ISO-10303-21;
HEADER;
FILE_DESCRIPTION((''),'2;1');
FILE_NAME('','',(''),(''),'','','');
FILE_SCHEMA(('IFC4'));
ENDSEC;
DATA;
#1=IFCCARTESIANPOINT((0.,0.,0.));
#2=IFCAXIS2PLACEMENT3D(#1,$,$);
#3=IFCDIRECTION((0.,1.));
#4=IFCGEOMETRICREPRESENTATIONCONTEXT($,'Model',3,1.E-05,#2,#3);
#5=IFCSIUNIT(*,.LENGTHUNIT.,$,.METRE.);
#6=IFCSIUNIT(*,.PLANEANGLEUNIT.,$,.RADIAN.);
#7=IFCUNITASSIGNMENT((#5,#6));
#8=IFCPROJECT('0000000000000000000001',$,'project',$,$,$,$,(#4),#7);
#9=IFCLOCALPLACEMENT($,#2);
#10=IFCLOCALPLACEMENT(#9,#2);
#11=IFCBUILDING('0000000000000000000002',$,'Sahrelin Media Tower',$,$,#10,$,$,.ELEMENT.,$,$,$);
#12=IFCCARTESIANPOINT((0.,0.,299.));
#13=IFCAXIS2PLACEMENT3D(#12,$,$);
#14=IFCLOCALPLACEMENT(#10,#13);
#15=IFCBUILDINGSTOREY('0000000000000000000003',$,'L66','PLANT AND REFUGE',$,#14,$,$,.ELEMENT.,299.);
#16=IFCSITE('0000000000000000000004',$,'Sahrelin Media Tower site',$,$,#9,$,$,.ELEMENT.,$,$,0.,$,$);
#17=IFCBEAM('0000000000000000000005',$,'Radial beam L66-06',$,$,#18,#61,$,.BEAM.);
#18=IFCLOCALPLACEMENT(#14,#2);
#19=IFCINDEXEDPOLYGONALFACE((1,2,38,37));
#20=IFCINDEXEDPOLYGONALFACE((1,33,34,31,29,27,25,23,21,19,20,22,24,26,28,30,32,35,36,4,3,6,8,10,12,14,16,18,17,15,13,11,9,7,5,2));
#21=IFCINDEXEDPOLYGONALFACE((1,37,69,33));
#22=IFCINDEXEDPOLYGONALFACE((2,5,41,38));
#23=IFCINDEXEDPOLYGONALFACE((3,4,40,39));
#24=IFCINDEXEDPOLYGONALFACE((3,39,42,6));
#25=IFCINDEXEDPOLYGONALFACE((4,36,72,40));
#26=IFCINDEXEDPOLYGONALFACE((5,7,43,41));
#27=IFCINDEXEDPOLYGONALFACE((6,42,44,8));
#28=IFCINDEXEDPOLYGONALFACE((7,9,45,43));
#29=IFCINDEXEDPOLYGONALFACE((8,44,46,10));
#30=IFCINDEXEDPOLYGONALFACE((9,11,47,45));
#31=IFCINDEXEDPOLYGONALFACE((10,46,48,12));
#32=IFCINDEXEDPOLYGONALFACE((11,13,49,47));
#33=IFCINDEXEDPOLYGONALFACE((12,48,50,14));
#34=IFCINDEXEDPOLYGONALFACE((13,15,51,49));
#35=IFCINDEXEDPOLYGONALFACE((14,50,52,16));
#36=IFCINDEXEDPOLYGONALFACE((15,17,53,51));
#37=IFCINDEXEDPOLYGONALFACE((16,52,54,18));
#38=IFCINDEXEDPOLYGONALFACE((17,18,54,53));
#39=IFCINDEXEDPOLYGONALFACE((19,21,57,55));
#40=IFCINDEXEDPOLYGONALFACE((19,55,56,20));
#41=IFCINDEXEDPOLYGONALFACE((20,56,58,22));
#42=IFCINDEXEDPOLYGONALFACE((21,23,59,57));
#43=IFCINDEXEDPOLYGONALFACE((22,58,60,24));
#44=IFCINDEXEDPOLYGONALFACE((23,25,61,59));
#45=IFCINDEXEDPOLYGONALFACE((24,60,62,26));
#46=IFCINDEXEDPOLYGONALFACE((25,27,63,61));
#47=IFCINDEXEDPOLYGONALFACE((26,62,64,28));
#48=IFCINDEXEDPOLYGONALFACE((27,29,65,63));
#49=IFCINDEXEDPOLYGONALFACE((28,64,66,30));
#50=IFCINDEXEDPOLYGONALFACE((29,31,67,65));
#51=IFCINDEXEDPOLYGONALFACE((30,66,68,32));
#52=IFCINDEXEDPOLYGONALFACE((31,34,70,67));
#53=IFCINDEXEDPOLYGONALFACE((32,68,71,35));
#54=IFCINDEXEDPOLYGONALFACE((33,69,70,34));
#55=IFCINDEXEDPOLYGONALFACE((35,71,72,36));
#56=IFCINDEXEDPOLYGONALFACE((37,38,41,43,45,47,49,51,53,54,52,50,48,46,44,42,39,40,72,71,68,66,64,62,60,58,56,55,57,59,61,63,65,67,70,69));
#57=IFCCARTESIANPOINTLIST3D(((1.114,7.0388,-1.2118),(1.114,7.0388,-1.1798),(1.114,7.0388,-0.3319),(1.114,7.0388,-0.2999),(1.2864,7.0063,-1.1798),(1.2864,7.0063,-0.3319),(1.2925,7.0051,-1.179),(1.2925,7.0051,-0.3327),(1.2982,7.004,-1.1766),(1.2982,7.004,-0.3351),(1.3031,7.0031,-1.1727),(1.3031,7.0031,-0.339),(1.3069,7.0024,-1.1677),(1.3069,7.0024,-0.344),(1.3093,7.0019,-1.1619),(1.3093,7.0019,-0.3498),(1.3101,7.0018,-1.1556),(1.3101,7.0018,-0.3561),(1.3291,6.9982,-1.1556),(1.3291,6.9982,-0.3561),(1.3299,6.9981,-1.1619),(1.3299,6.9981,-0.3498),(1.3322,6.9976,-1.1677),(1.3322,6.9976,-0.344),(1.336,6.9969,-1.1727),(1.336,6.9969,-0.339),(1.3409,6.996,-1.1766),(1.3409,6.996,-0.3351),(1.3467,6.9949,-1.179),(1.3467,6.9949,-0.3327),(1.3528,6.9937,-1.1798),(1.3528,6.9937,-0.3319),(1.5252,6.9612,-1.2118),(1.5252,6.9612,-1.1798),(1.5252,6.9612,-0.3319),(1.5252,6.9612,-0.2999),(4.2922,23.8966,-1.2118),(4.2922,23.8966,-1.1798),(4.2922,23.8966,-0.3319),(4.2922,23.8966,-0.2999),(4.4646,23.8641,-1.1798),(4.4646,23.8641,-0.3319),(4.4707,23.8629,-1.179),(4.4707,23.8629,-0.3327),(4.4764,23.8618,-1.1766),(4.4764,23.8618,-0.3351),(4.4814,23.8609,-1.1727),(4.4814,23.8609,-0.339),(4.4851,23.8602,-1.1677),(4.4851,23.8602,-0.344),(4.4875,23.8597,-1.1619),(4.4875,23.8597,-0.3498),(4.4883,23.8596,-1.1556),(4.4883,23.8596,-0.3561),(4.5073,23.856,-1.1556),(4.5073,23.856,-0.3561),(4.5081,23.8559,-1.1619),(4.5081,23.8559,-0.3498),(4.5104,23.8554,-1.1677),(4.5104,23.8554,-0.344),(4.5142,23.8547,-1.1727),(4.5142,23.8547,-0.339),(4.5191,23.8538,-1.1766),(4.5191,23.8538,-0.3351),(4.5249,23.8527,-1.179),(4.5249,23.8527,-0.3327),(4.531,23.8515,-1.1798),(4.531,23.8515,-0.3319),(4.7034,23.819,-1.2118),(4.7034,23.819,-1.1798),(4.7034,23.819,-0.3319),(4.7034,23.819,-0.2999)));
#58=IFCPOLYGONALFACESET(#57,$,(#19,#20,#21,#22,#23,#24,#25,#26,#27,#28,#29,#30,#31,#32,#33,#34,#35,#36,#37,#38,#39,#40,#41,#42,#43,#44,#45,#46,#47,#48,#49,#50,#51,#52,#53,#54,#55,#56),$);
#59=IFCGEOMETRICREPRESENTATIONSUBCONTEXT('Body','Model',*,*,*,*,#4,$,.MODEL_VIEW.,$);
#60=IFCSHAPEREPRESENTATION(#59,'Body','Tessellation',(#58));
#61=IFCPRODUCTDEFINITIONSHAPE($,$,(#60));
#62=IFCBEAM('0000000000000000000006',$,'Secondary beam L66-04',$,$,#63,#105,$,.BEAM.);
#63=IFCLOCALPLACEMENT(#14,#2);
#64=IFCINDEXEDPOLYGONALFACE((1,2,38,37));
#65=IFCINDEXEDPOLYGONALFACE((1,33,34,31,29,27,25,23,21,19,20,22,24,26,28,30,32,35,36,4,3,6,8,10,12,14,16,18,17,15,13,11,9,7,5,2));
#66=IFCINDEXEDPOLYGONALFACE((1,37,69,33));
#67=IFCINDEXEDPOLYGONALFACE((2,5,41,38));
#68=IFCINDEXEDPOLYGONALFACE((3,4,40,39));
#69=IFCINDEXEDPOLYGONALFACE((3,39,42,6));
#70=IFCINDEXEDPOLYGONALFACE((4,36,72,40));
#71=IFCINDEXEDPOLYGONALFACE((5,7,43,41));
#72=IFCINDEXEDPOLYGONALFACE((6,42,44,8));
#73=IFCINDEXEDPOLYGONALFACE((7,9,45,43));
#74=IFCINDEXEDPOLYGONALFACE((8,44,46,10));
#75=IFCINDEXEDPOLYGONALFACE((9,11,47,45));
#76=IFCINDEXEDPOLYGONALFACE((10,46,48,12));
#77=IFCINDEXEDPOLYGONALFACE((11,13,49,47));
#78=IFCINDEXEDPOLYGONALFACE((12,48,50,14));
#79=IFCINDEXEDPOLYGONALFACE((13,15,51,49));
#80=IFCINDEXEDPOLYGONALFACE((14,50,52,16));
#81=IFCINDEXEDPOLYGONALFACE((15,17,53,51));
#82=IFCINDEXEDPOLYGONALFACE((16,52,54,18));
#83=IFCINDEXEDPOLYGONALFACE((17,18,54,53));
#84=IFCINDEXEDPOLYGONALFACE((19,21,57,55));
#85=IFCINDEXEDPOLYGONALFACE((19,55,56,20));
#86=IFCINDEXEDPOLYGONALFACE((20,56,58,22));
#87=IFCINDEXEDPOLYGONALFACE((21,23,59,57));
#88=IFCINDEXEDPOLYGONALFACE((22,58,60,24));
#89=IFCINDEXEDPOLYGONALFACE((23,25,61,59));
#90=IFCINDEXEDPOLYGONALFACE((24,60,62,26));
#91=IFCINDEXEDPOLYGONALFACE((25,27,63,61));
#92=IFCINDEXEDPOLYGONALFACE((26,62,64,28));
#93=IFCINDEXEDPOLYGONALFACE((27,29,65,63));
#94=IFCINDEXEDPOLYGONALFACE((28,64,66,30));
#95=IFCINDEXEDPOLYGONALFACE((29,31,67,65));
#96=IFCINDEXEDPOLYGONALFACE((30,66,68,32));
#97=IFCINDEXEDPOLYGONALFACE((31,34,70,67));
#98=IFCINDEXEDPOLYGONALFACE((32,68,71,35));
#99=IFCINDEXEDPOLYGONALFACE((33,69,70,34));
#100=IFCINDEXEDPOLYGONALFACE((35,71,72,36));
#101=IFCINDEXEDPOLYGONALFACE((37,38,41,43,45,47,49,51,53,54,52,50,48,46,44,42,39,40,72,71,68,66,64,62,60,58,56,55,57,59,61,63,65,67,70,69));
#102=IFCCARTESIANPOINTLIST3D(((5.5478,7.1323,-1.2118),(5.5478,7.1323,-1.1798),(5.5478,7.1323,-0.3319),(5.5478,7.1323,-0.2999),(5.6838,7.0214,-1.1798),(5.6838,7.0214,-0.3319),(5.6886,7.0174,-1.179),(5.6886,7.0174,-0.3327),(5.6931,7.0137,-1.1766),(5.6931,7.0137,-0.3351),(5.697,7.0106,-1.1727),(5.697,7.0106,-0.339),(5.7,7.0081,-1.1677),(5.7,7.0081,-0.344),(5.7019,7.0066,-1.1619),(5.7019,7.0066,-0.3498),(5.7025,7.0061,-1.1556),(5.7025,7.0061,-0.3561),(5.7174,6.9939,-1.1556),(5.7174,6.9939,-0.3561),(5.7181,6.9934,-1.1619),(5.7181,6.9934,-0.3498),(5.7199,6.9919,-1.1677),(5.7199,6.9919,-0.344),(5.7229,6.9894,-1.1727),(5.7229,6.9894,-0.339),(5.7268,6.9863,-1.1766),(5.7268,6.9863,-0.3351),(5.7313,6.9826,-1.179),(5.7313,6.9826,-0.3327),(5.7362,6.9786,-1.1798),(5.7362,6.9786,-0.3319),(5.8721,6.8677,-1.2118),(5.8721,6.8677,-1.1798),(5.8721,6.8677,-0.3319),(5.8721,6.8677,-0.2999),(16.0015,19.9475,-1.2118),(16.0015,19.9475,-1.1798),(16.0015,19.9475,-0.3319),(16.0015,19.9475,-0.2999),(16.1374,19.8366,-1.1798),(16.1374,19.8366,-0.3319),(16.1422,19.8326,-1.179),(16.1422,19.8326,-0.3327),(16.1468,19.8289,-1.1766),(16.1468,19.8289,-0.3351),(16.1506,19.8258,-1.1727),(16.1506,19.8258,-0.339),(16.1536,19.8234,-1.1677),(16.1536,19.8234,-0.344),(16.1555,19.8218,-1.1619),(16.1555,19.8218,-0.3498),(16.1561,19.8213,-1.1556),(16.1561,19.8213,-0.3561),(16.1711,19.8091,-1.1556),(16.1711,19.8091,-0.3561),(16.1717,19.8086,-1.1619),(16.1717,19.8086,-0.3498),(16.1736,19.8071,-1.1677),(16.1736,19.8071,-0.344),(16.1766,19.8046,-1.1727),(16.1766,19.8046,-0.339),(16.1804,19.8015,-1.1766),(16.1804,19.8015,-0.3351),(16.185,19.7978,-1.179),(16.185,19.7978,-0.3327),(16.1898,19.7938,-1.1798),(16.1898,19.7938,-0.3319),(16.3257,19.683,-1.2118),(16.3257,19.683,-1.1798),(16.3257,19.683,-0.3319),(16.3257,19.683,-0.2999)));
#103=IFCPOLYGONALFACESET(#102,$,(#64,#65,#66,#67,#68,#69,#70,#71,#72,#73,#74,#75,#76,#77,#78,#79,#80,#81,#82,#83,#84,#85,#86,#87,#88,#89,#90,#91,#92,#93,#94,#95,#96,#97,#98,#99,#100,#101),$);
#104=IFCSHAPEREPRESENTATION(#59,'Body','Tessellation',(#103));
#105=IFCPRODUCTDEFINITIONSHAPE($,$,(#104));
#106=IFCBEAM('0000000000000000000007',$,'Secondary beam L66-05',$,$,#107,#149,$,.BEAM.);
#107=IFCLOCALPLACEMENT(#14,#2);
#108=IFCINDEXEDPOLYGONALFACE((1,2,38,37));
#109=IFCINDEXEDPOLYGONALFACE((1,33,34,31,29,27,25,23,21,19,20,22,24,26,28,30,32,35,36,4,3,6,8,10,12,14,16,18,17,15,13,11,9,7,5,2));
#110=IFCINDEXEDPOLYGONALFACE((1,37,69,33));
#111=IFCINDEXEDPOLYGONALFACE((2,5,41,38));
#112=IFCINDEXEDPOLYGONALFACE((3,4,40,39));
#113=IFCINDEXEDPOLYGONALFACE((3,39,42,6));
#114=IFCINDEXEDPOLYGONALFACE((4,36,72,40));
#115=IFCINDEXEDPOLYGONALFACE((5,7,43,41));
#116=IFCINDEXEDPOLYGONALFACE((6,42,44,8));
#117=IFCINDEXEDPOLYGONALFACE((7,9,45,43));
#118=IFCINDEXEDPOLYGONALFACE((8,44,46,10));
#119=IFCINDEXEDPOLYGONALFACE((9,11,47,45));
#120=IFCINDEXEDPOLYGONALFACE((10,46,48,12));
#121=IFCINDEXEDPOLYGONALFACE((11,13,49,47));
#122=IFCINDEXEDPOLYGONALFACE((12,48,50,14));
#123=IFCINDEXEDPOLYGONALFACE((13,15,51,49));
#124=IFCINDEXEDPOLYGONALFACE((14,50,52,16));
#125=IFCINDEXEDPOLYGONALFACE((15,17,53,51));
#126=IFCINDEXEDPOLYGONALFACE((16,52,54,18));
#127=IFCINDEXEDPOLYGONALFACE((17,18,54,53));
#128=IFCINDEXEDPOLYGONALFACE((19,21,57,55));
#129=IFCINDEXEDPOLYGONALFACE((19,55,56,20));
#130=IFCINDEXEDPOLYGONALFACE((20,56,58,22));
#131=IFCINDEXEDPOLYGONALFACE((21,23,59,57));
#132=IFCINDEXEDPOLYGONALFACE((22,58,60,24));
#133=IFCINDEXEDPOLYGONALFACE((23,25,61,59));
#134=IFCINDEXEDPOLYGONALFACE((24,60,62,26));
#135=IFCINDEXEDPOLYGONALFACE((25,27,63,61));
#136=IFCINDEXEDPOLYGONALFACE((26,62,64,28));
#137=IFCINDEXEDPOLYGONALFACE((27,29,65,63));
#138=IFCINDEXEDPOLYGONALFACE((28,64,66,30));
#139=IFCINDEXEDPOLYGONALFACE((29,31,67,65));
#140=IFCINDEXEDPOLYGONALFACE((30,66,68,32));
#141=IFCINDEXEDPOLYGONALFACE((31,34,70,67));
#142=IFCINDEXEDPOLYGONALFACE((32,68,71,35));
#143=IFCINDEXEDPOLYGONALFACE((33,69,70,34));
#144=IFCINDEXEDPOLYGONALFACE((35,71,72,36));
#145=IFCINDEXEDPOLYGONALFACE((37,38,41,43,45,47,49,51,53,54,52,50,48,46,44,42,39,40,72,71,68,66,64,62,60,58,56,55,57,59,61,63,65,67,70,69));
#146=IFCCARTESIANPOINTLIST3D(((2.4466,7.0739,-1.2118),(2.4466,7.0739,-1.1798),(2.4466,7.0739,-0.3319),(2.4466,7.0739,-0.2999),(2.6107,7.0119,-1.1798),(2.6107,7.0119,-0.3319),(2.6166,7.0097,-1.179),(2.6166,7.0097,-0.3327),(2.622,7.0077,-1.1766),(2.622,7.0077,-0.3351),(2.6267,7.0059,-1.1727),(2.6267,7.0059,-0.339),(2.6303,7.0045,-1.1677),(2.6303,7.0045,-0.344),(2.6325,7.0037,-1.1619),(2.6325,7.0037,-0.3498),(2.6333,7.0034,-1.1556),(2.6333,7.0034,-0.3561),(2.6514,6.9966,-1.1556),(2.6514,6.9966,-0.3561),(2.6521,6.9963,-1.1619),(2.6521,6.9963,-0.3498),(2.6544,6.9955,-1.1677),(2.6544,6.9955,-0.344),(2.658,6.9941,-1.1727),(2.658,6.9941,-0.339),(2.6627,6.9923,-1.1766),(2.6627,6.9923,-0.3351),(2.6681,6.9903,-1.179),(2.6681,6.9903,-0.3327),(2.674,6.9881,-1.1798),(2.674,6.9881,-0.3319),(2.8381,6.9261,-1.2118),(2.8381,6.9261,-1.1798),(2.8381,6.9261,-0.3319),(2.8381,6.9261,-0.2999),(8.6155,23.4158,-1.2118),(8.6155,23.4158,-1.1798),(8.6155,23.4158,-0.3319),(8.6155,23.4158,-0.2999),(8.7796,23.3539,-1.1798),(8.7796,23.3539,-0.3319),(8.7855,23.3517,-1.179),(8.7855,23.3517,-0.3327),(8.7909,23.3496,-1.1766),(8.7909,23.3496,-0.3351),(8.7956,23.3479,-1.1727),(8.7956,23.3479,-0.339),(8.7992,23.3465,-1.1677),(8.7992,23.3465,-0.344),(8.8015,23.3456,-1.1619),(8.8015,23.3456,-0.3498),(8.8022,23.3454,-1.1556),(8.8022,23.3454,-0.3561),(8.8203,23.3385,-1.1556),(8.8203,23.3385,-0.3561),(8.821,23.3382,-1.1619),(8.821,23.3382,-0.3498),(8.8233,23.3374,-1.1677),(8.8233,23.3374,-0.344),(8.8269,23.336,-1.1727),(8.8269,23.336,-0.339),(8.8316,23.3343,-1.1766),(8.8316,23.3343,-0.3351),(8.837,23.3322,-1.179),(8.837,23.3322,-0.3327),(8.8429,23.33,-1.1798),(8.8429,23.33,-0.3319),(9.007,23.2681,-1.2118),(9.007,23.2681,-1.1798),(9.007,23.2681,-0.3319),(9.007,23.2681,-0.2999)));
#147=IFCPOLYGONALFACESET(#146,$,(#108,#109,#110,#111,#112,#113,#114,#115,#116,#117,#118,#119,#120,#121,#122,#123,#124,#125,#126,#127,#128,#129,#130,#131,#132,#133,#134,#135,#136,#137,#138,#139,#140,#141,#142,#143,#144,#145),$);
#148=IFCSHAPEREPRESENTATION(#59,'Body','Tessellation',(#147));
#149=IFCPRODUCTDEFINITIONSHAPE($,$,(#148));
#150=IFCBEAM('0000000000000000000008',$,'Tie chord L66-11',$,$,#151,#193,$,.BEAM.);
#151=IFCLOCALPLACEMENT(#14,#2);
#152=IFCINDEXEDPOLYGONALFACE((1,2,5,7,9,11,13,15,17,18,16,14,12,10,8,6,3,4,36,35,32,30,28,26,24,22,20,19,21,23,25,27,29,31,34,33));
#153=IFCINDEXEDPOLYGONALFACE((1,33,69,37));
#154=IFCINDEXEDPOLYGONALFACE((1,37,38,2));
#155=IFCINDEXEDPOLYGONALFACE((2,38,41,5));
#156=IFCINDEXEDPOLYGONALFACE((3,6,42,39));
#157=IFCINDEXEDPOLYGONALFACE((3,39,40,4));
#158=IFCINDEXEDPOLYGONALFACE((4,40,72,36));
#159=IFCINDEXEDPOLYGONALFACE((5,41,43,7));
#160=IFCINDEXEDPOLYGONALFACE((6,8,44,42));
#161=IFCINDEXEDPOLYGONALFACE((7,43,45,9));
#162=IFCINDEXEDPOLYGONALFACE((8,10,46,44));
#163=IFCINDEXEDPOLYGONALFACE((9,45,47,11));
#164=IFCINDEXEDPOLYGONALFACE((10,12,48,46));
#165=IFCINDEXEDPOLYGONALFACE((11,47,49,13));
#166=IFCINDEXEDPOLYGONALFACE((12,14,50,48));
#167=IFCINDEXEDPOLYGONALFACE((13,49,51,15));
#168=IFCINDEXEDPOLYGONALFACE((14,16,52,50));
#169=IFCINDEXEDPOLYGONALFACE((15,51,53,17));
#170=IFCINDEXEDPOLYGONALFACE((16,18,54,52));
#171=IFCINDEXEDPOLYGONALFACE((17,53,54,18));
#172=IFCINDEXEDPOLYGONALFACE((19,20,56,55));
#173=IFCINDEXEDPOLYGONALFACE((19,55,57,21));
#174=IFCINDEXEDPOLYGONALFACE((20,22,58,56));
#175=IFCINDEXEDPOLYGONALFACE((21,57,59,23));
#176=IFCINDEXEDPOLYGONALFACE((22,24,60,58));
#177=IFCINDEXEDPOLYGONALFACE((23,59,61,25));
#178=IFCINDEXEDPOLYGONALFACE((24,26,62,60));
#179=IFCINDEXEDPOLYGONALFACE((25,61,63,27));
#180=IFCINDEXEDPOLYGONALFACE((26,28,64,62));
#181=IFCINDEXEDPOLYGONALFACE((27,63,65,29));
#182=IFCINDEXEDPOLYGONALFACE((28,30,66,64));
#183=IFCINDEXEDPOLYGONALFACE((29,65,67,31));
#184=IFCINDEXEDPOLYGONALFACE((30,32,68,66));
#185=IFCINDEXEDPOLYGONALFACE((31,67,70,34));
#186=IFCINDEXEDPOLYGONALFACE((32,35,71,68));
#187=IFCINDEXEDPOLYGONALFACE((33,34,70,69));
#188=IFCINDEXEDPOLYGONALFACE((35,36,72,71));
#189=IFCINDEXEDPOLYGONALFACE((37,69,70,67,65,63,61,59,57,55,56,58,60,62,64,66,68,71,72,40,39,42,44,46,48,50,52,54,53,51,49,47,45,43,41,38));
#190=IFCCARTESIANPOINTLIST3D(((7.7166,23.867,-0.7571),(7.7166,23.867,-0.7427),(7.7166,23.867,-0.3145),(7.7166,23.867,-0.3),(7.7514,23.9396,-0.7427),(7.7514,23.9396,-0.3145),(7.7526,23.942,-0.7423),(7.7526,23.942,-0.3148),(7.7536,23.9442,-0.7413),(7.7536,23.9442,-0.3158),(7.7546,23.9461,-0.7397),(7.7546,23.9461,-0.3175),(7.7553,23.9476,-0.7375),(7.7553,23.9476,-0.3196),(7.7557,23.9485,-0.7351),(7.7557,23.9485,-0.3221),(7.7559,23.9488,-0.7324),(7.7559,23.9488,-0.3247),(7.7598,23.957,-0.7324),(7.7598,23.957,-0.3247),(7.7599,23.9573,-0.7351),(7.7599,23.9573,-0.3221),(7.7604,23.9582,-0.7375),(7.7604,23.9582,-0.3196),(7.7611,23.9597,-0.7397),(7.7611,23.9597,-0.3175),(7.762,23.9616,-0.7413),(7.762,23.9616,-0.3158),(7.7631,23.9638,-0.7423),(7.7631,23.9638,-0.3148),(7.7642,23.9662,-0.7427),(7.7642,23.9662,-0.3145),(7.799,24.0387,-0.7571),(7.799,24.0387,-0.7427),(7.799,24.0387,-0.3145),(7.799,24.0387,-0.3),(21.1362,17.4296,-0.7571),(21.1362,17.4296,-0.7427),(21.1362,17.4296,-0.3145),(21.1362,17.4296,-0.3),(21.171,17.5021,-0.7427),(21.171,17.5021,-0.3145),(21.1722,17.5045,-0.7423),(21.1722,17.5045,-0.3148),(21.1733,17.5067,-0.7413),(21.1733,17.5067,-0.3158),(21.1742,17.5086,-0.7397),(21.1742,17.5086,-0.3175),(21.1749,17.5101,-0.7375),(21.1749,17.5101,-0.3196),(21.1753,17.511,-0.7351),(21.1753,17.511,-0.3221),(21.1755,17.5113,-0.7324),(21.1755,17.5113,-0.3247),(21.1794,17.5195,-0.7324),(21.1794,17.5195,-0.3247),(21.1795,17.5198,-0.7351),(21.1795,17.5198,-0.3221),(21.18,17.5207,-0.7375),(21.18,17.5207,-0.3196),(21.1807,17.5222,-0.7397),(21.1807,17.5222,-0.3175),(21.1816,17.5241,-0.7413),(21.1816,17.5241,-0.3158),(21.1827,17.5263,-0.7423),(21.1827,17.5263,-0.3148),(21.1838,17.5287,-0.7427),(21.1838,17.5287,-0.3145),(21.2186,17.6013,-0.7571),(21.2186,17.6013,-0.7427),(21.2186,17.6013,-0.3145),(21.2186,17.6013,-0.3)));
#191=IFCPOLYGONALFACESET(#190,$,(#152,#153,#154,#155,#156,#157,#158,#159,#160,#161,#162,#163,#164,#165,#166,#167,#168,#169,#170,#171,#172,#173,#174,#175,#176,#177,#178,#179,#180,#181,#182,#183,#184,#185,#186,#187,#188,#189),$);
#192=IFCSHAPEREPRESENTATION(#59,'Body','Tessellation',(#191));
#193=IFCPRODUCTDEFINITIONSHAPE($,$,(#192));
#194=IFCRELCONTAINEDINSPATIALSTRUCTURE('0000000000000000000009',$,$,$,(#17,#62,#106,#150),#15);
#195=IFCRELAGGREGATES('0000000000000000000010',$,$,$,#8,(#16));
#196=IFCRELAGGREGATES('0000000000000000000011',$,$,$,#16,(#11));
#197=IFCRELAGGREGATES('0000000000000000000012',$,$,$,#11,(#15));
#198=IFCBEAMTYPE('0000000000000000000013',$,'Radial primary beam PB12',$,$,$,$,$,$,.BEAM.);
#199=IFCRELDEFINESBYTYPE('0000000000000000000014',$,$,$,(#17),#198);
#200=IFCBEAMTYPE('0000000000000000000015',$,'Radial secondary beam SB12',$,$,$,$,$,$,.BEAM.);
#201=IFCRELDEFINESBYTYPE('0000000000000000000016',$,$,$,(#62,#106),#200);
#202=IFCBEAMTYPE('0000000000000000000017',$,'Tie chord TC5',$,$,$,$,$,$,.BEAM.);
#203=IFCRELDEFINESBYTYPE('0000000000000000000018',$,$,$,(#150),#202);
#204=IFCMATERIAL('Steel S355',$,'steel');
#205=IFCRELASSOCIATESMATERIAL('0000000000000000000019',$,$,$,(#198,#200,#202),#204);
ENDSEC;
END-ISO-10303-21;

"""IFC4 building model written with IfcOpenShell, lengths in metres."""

from ifc_helpers import new_model, si_unit, direction, frame, origin, origin_2d, place, context, subcontext, project, spatial, i_section, extrude, material, material_profile, profile_set, type_object, element, save


model = new_model("IFC4")

# Units and contexts
model_context = context("Model", 3, precision=1e-05, world=origin(), true_north=direction((0.0, 1.0)))
body_context = subcontext(model_context, "Body", "Model", "MODEL_VIEW")
ifc_project = project(units=[si_unit("LENGTHUNIT", "METRE"), si_unit("PLANEANGLEUNIT", "RADIAN")], contexts=[model_context])

# Site, building, storey
site_placement = place(None, origin())
site = spatial("IfcSite", under=ifc_project, at=site_placement, Name="Sahrelin Media Tower site", CompositionType="ELEMENT", RefElevation=0.0)
building_placement = place(site_placement, origin())
building = spatial("IfcBuilding", under=site, at=building_placement, Name="Sahrelin Media Tower", CompositionType="ELEMENT")
storey_placement = place(building_placement, frame((0.0, 0.0, 299.0)))
storey = spatial("IfcBuildingStorey", under=building, at=storey_placement, Name="L66", Description="PLANT AND REFUGE", CompositionType="ELEMENT", Elevation=299.0)

# Beams
ifc_material_1 = material(Name="Steel S355", Category="steel")
ifc_material_profile_1 = material_profile(ifc_material_1, i_section(OverallWidth=0.4185, OverallDepth=0.9119, WebThickness=0.0193, FlangeThickness=0.032, FilletRadius=0.0242, at=origin_2d()), Name="UB 914x419x343")
ifc_profile_set_1 = profile_set([ifc_material_profile_1], Name="Steel S355")
beam_type_1 = type_object("IfcBeamType", Name="Radial primary beam PB12", PredefinedType="BEAM", material=ifc_profile_set_1)
beam_1_placement = place(storey_placement, frame((1.3196, 7.0, -0.7559), z_axis=(0.185266, 0.982688, 0.0), x_axis=(-0.982688, 0.185266, 0.0)))
element("IfcBeam", 1, at=beam_1_placement, inside=storey, type_object=beam_type_1, Name="Radial beam L66-06", PredefinedType="BEAM", context=body_context, shape_type="SweptSolid", body=[
    extrude(i_section(OverallWidth=0.4185, OverallDepth=0.9119, WebThickness=0.0193, FlangeThickness=0.032, FilletRadius=0.0242, at=origin_2d()), origin(), (0.0, 0.0, 1.0), 17.1548),
])
ifc_material_profile_2 = material_profile(ifc_material_1, i_section(OverallWidth=0.4185, OverallDepth=0.9119, WebThickness=0.0193, FlangeThickness=0.032, FilletRadius=0.0242, at=origin_2d()), Name="UB 914x419x343")
ifc_profile_set_2 = profile_set([ifc_material_profile_2], Name="Steel S355")
beam_type_2 = type_object("IfcBeamType", Name="Radial secondary beam SB12", PredefinedType="BEAM", material=ifc_profile_set_2)
beam_2_placement = place(storey_placement, frame((5.71, 7.0, -0.7559), z_axis=(0.632095, 0.774891, 0.0), x_axis=(-0.774891, 0.632095, 0.0)))
element("IfcBeam", 2, at=beam_2_placement, inside=storey, type_object=beam_type_2, Name="Secondary beam L66-04", PredefinedType="BEAM", context=body_context, shape_type="SweptSolid", body=[
    extrude(i_section(OverallWidth=0.4185, OverallDepth=0.9119, WebThickness=0.0193, FlangeThickness=0.032, FilletRadius=0.0242, at=origin_2d()), origin(), (0.0, 0.0, 1.0), 16.5381),
])
beam_3_placement = place(storey_placement, frame((2.6423, 7.0, -0.7559), z_axis=(0.353164, 0.935561, 0.0), x_axis=(-0.935561, 0.353164, 0.0)))
element("IfcBeam", 3, at=beam_3_placement, inside=storey, type_object=beam_type_2, Name="Secondary beam L66-05", PredefinedType="BEAM", context=body_context, shape_type="SweptSolid", body=[
    extrude(i_section(OverallWidth=0.4185, OverallDepth=0.9119, WebThickness=0.0193, FlangeThickness=0.032, FilletRadius=0.0242, at=origin_2d()), origin(), (0.0, 0.0, 1.0), 17.4675),
])
ifc_material_profile_3 = material_profile(ifc_material_1, i_section(OverallWidth=0.1904, OverallDepth=0.457, WebThickness=0.009, FlangeThickness=0.0144, FilletRadius=0.0103, at=origin_2d()), Name="UB 457x191x74")
ifc_profile_set_3 = profile_set([ifc_material_profile_3], Name="Steel S355")
beam_type_3 = type_object("IfcBeamType", Name="Tie chord TC5", PredefinedType="BEAM", material=ifc_profile_set_3)
beam_4_placement = place(storey_placement, frame((7.7578, 23.9529, -0.5286), z_axis=(0.901626, -0.432516, 0.0), x_axis=(0.432516, 0.901626, 0.0)))
element("IfcBeam", 4, at=beam_4_placement, inside=storey, type_object=beam_type_3, Name="Tie chord L66-11", PredefinedType="BEAM", context=body_context, shape_type="SweptSolid", body=[
    extrude(i_section(OverallWidth=0.1904, OverallDepth=0.457, WebThickness=0.009, FlangeThickness=0.0144, FilletRadius=0.0103, at=origin_2d()), origin(), (0.0, 0.0, 1.0), 14.8838),
])

save(model, "model.ifc")
